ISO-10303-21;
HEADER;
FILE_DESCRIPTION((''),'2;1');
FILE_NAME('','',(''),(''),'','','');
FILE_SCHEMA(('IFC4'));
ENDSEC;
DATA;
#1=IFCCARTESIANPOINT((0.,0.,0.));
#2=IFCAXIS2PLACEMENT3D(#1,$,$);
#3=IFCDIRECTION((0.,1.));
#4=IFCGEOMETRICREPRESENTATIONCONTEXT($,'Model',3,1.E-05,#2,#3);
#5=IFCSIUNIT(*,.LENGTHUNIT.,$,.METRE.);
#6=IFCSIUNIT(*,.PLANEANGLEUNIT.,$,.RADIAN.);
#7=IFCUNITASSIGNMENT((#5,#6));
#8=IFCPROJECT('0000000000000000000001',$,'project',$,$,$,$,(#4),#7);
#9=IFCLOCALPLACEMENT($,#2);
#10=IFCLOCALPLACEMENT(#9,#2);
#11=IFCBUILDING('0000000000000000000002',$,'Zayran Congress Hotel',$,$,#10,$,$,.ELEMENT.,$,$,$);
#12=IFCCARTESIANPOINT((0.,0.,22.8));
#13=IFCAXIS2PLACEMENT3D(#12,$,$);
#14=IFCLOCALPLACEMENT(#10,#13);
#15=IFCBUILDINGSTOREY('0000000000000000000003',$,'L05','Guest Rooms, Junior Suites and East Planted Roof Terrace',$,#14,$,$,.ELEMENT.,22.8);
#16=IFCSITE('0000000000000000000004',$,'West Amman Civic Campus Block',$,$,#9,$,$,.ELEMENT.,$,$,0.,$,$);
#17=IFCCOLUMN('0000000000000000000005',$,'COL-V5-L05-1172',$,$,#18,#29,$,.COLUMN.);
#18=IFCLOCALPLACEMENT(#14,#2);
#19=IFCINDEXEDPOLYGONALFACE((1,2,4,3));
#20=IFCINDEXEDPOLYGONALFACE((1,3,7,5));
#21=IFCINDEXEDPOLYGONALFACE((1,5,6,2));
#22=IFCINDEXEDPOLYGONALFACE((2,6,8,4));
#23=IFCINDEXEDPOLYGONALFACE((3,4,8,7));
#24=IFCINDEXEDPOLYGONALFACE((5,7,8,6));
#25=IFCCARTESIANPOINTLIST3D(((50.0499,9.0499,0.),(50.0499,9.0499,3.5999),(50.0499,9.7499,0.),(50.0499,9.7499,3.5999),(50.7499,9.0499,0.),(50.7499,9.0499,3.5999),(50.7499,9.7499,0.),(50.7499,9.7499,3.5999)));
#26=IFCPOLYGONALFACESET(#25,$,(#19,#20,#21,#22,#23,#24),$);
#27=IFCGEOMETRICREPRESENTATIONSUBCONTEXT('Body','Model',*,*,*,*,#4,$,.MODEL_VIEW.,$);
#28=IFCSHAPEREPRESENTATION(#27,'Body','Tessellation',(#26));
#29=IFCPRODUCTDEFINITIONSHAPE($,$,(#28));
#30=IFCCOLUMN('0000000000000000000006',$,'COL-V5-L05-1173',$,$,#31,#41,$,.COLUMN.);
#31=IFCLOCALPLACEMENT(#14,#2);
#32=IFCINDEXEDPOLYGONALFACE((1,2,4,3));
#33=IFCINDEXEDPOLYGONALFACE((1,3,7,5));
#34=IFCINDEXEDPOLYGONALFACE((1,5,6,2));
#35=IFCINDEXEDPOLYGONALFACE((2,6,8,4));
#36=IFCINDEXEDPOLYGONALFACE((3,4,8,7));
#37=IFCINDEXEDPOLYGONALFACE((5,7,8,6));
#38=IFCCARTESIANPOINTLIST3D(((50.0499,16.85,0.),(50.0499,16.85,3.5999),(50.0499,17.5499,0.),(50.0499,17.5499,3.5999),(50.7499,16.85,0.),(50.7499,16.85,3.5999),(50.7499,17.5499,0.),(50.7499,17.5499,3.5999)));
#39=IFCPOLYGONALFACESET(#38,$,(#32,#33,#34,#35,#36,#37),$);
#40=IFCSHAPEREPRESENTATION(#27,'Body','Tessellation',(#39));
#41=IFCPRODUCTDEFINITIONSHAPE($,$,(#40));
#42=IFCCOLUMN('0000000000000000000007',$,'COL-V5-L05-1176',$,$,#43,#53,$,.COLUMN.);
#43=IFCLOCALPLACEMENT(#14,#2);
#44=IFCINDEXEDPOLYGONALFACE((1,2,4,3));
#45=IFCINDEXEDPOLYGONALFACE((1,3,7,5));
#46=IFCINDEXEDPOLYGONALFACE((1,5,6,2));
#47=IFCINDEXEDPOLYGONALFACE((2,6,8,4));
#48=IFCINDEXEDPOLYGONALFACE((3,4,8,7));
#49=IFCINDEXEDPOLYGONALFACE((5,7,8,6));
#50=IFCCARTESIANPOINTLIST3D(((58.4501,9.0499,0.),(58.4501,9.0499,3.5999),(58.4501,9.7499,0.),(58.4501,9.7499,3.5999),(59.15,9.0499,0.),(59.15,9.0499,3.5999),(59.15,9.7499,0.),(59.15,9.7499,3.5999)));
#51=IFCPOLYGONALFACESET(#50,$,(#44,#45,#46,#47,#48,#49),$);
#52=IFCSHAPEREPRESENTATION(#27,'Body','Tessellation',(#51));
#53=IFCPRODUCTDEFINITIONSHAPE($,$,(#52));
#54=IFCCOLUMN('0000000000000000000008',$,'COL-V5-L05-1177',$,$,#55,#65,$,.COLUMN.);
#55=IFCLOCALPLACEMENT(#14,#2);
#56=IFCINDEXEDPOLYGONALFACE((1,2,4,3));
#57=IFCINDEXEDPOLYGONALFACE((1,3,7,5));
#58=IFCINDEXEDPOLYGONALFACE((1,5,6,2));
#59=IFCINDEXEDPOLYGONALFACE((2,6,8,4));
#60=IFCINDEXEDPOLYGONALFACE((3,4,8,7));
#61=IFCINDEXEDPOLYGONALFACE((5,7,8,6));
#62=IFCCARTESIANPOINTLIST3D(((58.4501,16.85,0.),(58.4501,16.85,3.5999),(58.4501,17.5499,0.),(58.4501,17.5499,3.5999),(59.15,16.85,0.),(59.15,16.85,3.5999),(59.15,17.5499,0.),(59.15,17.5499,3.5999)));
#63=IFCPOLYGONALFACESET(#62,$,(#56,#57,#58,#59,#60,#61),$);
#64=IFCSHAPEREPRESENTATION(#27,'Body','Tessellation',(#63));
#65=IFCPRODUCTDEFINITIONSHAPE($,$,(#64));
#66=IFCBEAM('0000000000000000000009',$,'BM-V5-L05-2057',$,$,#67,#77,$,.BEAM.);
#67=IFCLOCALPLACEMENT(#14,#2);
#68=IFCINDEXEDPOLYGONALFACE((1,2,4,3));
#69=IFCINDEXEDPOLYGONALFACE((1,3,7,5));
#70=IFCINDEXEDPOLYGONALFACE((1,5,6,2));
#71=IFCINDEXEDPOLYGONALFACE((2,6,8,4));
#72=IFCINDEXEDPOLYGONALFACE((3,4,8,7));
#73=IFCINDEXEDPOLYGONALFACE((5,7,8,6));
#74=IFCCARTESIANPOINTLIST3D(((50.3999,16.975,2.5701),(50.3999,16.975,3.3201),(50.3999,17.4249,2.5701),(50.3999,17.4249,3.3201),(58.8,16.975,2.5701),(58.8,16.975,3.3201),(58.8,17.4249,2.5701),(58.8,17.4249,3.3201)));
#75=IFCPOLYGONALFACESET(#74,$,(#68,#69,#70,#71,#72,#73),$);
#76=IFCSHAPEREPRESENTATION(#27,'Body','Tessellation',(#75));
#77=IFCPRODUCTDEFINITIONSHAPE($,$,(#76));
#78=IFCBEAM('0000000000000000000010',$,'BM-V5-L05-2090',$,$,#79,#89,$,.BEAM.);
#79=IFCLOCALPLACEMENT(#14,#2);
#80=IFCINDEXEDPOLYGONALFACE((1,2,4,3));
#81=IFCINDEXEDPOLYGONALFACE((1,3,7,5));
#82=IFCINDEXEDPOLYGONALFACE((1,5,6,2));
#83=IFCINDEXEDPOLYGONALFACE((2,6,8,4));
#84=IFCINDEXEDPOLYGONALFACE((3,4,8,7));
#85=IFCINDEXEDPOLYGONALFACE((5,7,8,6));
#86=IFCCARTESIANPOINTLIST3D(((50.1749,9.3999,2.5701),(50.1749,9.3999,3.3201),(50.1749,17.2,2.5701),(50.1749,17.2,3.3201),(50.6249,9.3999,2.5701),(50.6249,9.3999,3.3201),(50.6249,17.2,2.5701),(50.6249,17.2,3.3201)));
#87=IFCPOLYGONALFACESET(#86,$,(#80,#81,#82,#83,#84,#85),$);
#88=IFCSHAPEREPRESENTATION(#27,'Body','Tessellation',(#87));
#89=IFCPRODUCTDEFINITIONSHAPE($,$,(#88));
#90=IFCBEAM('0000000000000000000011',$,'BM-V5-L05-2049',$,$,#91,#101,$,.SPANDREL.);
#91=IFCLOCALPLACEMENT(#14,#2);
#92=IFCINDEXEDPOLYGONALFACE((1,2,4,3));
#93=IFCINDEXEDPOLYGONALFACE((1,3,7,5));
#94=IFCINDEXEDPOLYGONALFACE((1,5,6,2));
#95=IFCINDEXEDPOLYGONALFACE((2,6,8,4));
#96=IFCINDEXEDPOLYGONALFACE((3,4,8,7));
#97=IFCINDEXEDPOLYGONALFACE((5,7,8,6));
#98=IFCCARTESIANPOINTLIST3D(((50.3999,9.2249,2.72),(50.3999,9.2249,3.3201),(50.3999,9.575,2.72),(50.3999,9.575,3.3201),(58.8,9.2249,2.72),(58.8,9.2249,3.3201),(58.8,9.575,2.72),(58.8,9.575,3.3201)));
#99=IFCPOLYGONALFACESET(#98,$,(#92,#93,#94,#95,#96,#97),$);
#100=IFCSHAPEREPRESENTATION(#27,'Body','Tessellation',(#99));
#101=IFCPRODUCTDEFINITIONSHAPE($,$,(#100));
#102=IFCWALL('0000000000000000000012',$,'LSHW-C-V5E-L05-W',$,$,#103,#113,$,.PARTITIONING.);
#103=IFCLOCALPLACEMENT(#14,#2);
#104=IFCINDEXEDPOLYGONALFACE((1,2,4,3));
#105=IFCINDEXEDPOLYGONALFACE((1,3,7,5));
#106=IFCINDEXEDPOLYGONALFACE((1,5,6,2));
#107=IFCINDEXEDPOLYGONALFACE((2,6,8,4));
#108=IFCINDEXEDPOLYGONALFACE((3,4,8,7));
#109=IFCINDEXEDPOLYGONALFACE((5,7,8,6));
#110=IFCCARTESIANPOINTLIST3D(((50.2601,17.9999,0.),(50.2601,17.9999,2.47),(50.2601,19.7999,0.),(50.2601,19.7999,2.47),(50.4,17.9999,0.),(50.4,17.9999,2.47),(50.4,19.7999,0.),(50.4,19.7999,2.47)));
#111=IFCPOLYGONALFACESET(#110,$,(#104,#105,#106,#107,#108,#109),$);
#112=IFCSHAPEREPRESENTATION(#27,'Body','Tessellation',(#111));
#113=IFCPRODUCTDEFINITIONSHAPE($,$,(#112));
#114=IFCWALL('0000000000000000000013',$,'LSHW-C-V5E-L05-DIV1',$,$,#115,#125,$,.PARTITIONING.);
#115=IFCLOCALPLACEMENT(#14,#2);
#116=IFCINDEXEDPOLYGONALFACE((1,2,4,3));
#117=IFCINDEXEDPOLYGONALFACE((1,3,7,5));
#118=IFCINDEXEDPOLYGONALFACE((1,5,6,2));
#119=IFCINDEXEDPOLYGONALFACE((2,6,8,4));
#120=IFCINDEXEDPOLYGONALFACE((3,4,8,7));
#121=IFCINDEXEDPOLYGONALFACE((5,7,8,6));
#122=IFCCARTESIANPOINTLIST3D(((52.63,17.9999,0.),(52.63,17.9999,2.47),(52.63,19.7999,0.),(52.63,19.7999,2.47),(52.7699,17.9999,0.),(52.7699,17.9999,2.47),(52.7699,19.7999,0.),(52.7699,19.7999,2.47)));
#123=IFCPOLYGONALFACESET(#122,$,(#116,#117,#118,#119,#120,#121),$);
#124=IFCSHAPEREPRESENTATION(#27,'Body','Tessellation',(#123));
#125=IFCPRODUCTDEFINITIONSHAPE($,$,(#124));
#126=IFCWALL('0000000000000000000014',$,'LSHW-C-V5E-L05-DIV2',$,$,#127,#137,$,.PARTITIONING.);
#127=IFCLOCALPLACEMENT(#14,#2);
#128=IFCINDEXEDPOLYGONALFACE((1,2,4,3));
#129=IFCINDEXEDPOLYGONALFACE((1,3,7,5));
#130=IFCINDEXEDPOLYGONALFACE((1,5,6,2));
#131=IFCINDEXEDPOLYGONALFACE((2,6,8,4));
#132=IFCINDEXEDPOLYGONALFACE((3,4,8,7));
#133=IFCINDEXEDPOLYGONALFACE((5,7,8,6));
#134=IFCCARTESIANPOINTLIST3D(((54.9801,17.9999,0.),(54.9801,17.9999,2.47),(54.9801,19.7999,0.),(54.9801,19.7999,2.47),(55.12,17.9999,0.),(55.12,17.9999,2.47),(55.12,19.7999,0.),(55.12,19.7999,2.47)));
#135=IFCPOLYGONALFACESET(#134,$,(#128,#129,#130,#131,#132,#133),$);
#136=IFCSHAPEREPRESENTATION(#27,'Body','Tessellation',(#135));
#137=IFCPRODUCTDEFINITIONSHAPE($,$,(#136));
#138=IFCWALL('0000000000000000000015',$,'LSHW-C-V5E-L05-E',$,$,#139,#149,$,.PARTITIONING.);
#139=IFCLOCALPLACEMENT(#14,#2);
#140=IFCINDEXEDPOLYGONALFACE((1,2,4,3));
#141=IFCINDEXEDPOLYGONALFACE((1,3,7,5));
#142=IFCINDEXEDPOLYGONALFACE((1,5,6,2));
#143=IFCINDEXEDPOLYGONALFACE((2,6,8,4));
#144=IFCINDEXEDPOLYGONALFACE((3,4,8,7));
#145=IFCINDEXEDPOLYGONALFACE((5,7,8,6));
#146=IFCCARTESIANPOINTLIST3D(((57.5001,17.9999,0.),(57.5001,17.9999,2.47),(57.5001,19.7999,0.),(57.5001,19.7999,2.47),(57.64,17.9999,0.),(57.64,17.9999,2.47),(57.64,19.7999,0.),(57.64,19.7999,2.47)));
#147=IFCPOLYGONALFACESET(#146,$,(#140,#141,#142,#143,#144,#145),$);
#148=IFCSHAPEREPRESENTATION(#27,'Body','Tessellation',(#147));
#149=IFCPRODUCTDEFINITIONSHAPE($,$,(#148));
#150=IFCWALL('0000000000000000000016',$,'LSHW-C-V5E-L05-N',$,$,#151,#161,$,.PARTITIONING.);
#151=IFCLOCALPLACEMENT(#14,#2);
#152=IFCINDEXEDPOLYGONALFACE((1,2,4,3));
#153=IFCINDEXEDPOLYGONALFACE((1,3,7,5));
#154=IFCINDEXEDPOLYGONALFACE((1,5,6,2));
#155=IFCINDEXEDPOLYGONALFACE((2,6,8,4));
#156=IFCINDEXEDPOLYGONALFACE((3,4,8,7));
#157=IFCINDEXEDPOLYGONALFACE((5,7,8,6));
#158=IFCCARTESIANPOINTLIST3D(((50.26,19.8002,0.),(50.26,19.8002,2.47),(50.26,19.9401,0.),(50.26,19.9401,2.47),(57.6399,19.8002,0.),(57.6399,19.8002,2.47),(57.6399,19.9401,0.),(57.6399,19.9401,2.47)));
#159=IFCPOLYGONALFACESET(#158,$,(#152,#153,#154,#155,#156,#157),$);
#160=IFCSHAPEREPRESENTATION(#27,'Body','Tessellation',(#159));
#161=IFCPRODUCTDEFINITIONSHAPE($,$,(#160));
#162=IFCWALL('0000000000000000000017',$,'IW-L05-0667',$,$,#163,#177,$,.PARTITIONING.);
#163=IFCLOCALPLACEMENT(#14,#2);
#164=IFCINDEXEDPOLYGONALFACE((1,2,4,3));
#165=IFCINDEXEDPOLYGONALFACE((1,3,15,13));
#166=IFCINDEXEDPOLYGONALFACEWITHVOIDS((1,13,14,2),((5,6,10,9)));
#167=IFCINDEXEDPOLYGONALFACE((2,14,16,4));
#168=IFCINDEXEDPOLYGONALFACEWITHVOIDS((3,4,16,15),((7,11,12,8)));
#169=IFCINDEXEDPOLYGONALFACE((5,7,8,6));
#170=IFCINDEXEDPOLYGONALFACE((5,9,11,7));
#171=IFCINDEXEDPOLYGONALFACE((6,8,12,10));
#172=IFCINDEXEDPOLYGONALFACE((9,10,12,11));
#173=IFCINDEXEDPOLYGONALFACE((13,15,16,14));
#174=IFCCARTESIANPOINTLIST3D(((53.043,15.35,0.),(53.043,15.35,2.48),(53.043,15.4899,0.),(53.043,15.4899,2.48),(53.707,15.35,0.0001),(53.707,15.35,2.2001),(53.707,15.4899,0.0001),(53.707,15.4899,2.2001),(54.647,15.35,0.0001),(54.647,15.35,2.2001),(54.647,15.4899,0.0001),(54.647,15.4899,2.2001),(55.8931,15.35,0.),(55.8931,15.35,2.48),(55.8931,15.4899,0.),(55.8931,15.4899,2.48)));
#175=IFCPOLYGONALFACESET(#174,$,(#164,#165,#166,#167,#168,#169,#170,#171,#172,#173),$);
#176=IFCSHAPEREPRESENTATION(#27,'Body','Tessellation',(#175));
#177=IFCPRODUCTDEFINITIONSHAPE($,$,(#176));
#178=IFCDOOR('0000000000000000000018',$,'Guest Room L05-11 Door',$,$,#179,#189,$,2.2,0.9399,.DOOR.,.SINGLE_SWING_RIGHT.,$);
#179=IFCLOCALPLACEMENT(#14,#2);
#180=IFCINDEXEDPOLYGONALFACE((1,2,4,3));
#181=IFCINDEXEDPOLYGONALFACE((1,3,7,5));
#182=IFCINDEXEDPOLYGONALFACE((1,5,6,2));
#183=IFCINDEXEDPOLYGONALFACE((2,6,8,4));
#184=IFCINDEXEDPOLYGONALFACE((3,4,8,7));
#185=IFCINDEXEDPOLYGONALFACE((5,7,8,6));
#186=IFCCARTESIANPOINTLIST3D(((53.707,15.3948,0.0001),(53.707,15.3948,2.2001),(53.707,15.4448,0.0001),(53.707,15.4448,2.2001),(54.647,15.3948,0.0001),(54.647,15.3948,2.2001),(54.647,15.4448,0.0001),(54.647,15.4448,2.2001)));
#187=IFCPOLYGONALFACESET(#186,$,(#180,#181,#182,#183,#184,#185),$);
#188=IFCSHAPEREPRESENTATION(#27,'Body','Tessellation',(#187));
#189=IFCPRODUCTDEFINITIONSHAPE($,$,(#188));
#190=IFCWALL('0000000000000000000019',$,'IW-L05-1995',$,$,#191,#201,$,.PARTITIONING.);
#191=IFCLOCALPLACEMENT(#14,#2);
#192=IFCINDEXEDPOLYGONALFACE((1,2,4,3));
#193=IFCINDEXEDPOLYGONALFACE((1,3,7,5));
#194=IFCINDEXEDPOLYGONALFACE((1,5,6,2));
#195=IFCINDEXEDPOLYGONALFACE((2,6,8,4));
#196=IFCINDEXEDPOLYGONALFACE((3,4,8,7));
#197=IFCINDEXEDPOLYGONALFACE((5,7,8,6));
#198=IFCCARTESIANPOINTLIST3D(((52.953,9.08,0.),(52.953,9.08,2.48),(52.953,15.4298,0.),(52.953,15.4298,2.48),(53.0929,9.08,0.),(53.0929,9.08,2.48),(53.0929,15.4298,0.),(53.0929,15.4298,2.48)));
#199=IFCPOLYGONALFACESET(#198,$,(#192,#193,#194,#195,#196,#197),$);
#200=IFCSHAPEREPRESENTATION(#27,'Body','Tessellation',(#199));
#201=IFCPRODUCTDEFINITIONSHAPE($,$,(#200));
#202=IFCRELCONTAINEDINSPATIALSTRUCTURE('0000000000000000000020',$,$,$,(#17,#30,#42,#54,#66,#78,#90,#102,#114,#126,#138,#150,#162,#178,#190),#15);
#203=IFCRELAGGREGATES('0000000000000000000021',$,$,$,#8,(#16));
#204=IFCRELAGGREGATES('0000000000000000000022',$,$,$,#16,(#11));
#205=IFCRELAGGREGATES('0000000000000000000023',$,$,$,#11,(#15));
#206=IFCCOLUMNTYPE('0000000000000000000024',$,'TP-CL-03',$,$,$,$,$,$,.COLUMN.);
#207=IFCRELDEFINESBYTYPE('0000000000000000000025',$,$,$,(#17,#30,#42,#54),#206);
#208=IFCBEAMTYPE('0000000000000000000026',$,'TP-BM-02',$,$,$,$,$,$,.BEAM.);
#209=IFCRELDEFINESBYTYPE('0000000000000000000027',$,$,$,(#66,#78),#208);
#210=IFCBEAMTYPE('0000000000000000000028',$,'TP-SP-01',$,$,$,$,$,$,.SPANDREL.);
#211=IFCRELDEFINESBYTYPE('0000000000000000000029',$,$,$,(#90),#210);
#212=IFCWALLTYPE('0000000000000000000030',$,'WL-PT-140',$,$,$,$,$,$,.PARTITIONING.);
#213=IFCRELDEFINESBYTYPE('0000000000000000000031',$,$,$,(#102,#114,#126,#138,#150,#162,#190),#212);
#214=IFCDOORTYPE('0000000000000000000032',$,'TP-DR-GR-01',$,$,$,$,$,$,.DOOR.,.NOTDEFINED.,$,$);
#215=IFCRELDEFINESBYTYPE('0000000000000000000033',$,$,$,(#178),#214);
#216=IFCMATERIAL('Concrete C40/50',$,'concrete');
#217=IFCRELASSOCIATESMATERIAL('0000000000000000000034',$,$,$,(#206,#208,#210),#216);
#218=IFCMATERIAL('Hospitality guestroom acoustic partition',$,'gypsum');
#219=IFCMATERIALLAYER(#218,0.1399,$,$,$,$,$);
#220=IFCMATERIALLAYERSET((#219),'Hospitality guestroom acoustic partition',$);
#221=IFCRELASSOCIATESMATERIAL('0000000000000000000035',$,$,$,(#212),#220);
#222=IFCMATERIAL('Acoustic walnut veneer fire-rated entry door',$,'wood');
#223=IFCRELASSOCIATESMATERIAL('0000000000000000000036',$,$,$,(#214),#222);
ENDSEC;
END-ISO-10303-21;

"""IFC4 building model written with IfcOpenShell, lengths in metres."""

from ifc_helpers import new_model, si_unit, direction, frame, frame_2d, origin, origin_2d, place, context, subcontext, project, spatial, rectangle, extrude, material, layer, layer_set, material_profile, profile_set, type_object, element, fill, save


model = new_model("IFC4")

# Units and contexts
model_context = context("Model", 3, precision=1e-05, world=origin(), true_north=direction((0.0, 1.0)))
body_context = subcontext(model_context, "Body", "Model", "MODEL_VIEW")
ifc_project = project(units=[si_unit("LENGTHUNIT", "METRE"), si_unit("PLANEANGLEUNIT", "RADIAN")], contexts=[model_context])

# Site, building, storey
site_placement = place(None, origin())
site = spatial("IfcSite", under=ifc_project, at=site_placement, Name="West Amman Civic Campus Block", CompositionType="ELEMENT", RefElevation=0.0)
building_placement = place(site_placement, origin())
building = spatial("IfcBuilding", under=site, at=building_placement, Name="Zayran Congress Hotel", CompositionType="ELEMENT")
storey_placement = place(building_placement, frame((0.0, 0.0, 22.8)))
storey = spatial("IfcBuildingStorey", under=building, at=storey_placement, Name="L05", Description="Guest Rooms, Junior Suites and East Planted Roof Terrace", CompositionType="ELEMENT", Elevation=22.8)

# Columns
ifc_material_1 = material(Name="Concrete C40/50", Category="concrete")
ifc_material_profile_1 = material_profile(ifc_material_1, rectangle(XDim=0.7, YDim=0.7, at=origin_2d()), Name="RC 700x700")
ifc_profile_set_1 = profile_set([ifc_material_profile_1], Name="Concrete C40/50")
column_type = type_object("IfcColumnType", Name="TP-CL-03", PredefinedType="COLUMN", material=ifc_profile_set_1)
for number, where, z_axis, x_axis, name in (
    (1, (50.3999, 9.3999, 0.0), (0.0, 0.0, 1.0), (1.0, 0.0, 0.0), "COL-V5-L05-1172"),
    (2, (50.3999, 17.2, 0.0), (0.0, 0.0, 1.0), (1.0, 0.0, 0.0), "COL-V5-L05-1173"),
    (3, (58.8, 9.3999, 0.0), (0.0, 0.0, 1.0), (1.0, 0.0, 0.0), "COL-V5-L05-1176"),
    (4, (58.8, 17.2, 0.0), (0.0, 0.0, 1.0), (1.0, 0.0, 0.0), "COL-V5-L05-1177"),
):
    element("IfcColumn", number, at=place(storey_placement, frame(where, z_axis=z_axis, x_axis=x_axis)), inside=storey, type_object=column_type, Name=name, PredefinedType="COLUMN", context=body_context, shape_type="SweptSolid", body=[
        extrude(rectangle(XDim=0.7, YDim=0.7, at=origin_2d()), origin(), (0.0, 0.0, 1.0), 3.5999),
    ])

# Beams
ifc_material_profile_2 = material_profile(ifc_material_1, rectangle(XDim=0.45, YDim=0.75, at=origin_2d()), Name="RC 450x750")
ifc_profile_set_2 = profile_set([ifc_material_profile_2], Name="Concrete C40/50")
beam_type_1 = type_object("IfcBeamType", Name="TP-BM-02", PredefinedType="BEAM", material=ifc_profile_set_2)
beam_1_placement = place(storey_placement, frame((50.3999, 17.2, 2.9451), z_axis=(1.0, 0.0, 0.0), x_axis=(0.0, 1.0, 0.0)))
element("IfcBeam", 5, at=beam_1_placement, inside=storey, type_object=beam_type_1, Name="BM-V5-L05-2057", PredefinedType="BEAM", context=body_context, shape_type="SweptSolid", body=[
    extrude(rectangle(XDim=0.45, YDim=0.75, at=origin_2d()), origin(), (0.0, 0.0, 1.0), 8.4001),
])
beam_2_placement = place(storey_placement, frame((50.3999, 9.3999, 2.9451), z_axis=(0.0, 1.0, 0.0), x_axis=(-1.0, 0.0, 0.0)))
element("IfcBeam", 6, at=beam_2_placement, inside=storey, type_object=beam_type_1, Name="BM-V5-L05-2090", PredefinedType="BEAM", context=body_context, shape_type="SweptSolid", body=[
    extrude(rectangle(XDim=0.45, YDim=0.75, at=origin_2d()), origin(), (0.0, 0.0, 1.0), 7.8),
])
ifc_material_profile_3 = material_profile(ifc_material_1, rectangle(XDim=0.3501, YDim=0.6001, at=origin_2d()), Name="RC 350x600")
ifc_profile_set_3 = profile_set([ifc_material_profile_3], Name="Concrete C40/50")
beam_type_2 = type_object("IfcBeamType", Name="TP-SP-01", PredefinedType="SPANDREL", material=ifc_profile_set_3)
beam_3_placement = place(storey_placement, frame((50.3999, 9.3999, 3.02), z_axis=(1.0, 0.0, 0.0), x_axis=(0.0, 1.0, 0.0)))
element("IfcBeam", 7, at=beam_3_placement, inside=storey, type_object=beam_type_2, Name="BM-V5-L05-2049", PredefinedType="SPANDREL", context=body_context, shape_type="SweptSolid", body=[
    extrude(rectangle(XDim=0.3501, YDim=0.6001, at=origin_2d()), origin(), (0.0, 0.0, 1.0), 8.4001),
])

# Walls
ifc_material_2 = material(Name="Hospitality guestroom acoustic partition", Category="gypsum")
ifc_layer_1 = layer(ifc_material_2, 0.1399)
ifc_layer_set_1 = layer_set([ifc_layer_1], Name="Hospitality guestroom acoustic partition")
wall_type_1 = type_object("IfcWallType", Name="WL-PT-140", PredefinedType="PARTITIONING", material=ifc_layer_set_1)
for number, where, z_axis, x_axis, name in (
    (8, (50.3301, 18.0, 0.0), (0.0, 0.0, 1.0), (0.0, 1.0, 0.0), "LSHW-C-V5E-L05-W"),
    (9, (52.7, 18.0, 0.0), (0.0, 0.0, 1.0), (0.0, 1.0, 0.0), "LSHW-C-V5E-L05-DIV1"),
    (10, (55.05, 18.0, 0.0), (0.0, 0.0, 1.0), (0.0, 1.0, 0.0), "LSHW-C-V5E-L05-DIV2"),
    (11, (57.5701, 18.0, 0.0), (0.0, 0.0, 1.0), (0.0, 1.0, 0.0), "LSHW-C-V5E-L05-E"),
):
    element("IfcWall", number, at=place(storey_placement, frame(where, z_axis=z_axis, x_axis=x_axis)), inside=storey, type_object=wall_type_1, Name=name, PredefinedType="PARTITIONING", context=body_context, shape_type="SweptSolid", body=[
        extrude(rectangle(XDim=1.8, YDim=0.1399, at=frame_2d((0.8999, 0.0))), origin(), (0.0, 0.0, 1.0), 2.47),
    ])
wall_1_placement = place(storey_placement, frame((50.26, 19.8701, 0.0), z_axis=(0.0, 0.0, 1.0), x_axis=(1.0, 0.0, 0.0)))
element("IfcWall", 12, at=wall_1_placement, inside=storey, type_object=wall_type_1, Name="LSHW-C-V5E-L05-N", PredefinedType="PARTITIONING", context=body_context, shape_type="SweptSolid", body=[
    extrude(rectangle(XDim=7.3799, YDim=0.1399, at=frame_2d((3.6899, 0.0))), origin(), (0.0, 0.0, 1.0), 2.47),
])

# Wall, opening, door
wall_2_placement = place(storey_placement, frame((53.043, 15.4199, 0.0), z_axis=(0.0, 0.0, 1.0), x_axis=(1.0, 0.0, 0.0)))
wall_2 = element("IfcWall", 13, at=wall_2_placement, inside=storey, type_object=wall_type_1, Name="IW-L05-0667", PredefinedType="PARTITIONING", context=body_context, shape_type="SweptSolid", body=[
    extrude(rectangle(XDim=2.8501, YDim=0.1399, at=frame_2d((1.425, 0.0))), origin(), (0.0, 0.0, 1.0), 2.48),
])
opening_1_placement = place(wall_2_placement, frame((0.6641, 0.0, 0.0)))
opening_1 = element("IfcOpeningElement", 14, at=opening_1_placement, cuts=wall_2, PredefinedType="OPENING", context=body_context, shape_type="SweptSolid", body=[
    extrude(rectangle(XDim=0.9399, YDim=2.2, at=frame_2d((0.47, 1.1001))), frame((0.0, 0.0798, 0.0), z_axis=(0.0, -1.0, 0.0), x_axis=(1.0, 0.0, 0.0)), (0.0, 0.0, 1.0), 0.1599),
])
ifc_material_3 = material(Name="Acoustic walnut veneer fire-rated entry door", Category="wood")
door_type_1 = type_object("IfcDoorType", Name="TP-DR-GR-01", OperationType="NOTDEFINED", PredefinedType="DOOR", material=ifc_material_3)
door_1_placement = place(opening_1_placement, origin())
door_1 = element("IfcDoor", 15, at=door_1_placement, inside=storey, type_object=door_type_1, Name="Guest Room L05-11 Door", OperationType="SINGLE_SWING_RIGHT", OverallHeight=2.2, OverallWidth=0.9399, PredefinedType="DOOR", context=body_context, shape_type="SweptSolid", body=[
    extrude(rectangle(XDim=0.9399, YDim=2.2, at=frame_2d((0.47, 1.1001))), frame((0.0, 0.0249, 0.0), z_axis=(0.0, -1.0, 0.0), x_axis=(1.0, 0.0, 0.0)), (0.0, 0.0, 1.0), 0.05),
])
fill(opening_1, door_1)

# Wall
for number, where, z_axis, x_axis, name in (
    (16, (53.0229, 9.0801, 0.0), (0.0, 0.0, 1.0), (0.0, 1.0, 0.0), "IW-L05-1995"),
):
    element("IfcWall", number, at=place(storey_placement, frame(where, z_axis=z_axis, x_axis=x_axis)), inside=storey, type_object=wall_type_1, Name=name, PredefinedType="PARTITIONING", context=body_context, shape_type="SweptSolid", body=[
        extrude(rectangle(XDim=6.3499, YDim=0.1399, at=frame_2d((3.1748, 0.0))), origin(), (0.0, 0.0, 1.0), 2.48),
    ])

save(model, "model.ifc")
